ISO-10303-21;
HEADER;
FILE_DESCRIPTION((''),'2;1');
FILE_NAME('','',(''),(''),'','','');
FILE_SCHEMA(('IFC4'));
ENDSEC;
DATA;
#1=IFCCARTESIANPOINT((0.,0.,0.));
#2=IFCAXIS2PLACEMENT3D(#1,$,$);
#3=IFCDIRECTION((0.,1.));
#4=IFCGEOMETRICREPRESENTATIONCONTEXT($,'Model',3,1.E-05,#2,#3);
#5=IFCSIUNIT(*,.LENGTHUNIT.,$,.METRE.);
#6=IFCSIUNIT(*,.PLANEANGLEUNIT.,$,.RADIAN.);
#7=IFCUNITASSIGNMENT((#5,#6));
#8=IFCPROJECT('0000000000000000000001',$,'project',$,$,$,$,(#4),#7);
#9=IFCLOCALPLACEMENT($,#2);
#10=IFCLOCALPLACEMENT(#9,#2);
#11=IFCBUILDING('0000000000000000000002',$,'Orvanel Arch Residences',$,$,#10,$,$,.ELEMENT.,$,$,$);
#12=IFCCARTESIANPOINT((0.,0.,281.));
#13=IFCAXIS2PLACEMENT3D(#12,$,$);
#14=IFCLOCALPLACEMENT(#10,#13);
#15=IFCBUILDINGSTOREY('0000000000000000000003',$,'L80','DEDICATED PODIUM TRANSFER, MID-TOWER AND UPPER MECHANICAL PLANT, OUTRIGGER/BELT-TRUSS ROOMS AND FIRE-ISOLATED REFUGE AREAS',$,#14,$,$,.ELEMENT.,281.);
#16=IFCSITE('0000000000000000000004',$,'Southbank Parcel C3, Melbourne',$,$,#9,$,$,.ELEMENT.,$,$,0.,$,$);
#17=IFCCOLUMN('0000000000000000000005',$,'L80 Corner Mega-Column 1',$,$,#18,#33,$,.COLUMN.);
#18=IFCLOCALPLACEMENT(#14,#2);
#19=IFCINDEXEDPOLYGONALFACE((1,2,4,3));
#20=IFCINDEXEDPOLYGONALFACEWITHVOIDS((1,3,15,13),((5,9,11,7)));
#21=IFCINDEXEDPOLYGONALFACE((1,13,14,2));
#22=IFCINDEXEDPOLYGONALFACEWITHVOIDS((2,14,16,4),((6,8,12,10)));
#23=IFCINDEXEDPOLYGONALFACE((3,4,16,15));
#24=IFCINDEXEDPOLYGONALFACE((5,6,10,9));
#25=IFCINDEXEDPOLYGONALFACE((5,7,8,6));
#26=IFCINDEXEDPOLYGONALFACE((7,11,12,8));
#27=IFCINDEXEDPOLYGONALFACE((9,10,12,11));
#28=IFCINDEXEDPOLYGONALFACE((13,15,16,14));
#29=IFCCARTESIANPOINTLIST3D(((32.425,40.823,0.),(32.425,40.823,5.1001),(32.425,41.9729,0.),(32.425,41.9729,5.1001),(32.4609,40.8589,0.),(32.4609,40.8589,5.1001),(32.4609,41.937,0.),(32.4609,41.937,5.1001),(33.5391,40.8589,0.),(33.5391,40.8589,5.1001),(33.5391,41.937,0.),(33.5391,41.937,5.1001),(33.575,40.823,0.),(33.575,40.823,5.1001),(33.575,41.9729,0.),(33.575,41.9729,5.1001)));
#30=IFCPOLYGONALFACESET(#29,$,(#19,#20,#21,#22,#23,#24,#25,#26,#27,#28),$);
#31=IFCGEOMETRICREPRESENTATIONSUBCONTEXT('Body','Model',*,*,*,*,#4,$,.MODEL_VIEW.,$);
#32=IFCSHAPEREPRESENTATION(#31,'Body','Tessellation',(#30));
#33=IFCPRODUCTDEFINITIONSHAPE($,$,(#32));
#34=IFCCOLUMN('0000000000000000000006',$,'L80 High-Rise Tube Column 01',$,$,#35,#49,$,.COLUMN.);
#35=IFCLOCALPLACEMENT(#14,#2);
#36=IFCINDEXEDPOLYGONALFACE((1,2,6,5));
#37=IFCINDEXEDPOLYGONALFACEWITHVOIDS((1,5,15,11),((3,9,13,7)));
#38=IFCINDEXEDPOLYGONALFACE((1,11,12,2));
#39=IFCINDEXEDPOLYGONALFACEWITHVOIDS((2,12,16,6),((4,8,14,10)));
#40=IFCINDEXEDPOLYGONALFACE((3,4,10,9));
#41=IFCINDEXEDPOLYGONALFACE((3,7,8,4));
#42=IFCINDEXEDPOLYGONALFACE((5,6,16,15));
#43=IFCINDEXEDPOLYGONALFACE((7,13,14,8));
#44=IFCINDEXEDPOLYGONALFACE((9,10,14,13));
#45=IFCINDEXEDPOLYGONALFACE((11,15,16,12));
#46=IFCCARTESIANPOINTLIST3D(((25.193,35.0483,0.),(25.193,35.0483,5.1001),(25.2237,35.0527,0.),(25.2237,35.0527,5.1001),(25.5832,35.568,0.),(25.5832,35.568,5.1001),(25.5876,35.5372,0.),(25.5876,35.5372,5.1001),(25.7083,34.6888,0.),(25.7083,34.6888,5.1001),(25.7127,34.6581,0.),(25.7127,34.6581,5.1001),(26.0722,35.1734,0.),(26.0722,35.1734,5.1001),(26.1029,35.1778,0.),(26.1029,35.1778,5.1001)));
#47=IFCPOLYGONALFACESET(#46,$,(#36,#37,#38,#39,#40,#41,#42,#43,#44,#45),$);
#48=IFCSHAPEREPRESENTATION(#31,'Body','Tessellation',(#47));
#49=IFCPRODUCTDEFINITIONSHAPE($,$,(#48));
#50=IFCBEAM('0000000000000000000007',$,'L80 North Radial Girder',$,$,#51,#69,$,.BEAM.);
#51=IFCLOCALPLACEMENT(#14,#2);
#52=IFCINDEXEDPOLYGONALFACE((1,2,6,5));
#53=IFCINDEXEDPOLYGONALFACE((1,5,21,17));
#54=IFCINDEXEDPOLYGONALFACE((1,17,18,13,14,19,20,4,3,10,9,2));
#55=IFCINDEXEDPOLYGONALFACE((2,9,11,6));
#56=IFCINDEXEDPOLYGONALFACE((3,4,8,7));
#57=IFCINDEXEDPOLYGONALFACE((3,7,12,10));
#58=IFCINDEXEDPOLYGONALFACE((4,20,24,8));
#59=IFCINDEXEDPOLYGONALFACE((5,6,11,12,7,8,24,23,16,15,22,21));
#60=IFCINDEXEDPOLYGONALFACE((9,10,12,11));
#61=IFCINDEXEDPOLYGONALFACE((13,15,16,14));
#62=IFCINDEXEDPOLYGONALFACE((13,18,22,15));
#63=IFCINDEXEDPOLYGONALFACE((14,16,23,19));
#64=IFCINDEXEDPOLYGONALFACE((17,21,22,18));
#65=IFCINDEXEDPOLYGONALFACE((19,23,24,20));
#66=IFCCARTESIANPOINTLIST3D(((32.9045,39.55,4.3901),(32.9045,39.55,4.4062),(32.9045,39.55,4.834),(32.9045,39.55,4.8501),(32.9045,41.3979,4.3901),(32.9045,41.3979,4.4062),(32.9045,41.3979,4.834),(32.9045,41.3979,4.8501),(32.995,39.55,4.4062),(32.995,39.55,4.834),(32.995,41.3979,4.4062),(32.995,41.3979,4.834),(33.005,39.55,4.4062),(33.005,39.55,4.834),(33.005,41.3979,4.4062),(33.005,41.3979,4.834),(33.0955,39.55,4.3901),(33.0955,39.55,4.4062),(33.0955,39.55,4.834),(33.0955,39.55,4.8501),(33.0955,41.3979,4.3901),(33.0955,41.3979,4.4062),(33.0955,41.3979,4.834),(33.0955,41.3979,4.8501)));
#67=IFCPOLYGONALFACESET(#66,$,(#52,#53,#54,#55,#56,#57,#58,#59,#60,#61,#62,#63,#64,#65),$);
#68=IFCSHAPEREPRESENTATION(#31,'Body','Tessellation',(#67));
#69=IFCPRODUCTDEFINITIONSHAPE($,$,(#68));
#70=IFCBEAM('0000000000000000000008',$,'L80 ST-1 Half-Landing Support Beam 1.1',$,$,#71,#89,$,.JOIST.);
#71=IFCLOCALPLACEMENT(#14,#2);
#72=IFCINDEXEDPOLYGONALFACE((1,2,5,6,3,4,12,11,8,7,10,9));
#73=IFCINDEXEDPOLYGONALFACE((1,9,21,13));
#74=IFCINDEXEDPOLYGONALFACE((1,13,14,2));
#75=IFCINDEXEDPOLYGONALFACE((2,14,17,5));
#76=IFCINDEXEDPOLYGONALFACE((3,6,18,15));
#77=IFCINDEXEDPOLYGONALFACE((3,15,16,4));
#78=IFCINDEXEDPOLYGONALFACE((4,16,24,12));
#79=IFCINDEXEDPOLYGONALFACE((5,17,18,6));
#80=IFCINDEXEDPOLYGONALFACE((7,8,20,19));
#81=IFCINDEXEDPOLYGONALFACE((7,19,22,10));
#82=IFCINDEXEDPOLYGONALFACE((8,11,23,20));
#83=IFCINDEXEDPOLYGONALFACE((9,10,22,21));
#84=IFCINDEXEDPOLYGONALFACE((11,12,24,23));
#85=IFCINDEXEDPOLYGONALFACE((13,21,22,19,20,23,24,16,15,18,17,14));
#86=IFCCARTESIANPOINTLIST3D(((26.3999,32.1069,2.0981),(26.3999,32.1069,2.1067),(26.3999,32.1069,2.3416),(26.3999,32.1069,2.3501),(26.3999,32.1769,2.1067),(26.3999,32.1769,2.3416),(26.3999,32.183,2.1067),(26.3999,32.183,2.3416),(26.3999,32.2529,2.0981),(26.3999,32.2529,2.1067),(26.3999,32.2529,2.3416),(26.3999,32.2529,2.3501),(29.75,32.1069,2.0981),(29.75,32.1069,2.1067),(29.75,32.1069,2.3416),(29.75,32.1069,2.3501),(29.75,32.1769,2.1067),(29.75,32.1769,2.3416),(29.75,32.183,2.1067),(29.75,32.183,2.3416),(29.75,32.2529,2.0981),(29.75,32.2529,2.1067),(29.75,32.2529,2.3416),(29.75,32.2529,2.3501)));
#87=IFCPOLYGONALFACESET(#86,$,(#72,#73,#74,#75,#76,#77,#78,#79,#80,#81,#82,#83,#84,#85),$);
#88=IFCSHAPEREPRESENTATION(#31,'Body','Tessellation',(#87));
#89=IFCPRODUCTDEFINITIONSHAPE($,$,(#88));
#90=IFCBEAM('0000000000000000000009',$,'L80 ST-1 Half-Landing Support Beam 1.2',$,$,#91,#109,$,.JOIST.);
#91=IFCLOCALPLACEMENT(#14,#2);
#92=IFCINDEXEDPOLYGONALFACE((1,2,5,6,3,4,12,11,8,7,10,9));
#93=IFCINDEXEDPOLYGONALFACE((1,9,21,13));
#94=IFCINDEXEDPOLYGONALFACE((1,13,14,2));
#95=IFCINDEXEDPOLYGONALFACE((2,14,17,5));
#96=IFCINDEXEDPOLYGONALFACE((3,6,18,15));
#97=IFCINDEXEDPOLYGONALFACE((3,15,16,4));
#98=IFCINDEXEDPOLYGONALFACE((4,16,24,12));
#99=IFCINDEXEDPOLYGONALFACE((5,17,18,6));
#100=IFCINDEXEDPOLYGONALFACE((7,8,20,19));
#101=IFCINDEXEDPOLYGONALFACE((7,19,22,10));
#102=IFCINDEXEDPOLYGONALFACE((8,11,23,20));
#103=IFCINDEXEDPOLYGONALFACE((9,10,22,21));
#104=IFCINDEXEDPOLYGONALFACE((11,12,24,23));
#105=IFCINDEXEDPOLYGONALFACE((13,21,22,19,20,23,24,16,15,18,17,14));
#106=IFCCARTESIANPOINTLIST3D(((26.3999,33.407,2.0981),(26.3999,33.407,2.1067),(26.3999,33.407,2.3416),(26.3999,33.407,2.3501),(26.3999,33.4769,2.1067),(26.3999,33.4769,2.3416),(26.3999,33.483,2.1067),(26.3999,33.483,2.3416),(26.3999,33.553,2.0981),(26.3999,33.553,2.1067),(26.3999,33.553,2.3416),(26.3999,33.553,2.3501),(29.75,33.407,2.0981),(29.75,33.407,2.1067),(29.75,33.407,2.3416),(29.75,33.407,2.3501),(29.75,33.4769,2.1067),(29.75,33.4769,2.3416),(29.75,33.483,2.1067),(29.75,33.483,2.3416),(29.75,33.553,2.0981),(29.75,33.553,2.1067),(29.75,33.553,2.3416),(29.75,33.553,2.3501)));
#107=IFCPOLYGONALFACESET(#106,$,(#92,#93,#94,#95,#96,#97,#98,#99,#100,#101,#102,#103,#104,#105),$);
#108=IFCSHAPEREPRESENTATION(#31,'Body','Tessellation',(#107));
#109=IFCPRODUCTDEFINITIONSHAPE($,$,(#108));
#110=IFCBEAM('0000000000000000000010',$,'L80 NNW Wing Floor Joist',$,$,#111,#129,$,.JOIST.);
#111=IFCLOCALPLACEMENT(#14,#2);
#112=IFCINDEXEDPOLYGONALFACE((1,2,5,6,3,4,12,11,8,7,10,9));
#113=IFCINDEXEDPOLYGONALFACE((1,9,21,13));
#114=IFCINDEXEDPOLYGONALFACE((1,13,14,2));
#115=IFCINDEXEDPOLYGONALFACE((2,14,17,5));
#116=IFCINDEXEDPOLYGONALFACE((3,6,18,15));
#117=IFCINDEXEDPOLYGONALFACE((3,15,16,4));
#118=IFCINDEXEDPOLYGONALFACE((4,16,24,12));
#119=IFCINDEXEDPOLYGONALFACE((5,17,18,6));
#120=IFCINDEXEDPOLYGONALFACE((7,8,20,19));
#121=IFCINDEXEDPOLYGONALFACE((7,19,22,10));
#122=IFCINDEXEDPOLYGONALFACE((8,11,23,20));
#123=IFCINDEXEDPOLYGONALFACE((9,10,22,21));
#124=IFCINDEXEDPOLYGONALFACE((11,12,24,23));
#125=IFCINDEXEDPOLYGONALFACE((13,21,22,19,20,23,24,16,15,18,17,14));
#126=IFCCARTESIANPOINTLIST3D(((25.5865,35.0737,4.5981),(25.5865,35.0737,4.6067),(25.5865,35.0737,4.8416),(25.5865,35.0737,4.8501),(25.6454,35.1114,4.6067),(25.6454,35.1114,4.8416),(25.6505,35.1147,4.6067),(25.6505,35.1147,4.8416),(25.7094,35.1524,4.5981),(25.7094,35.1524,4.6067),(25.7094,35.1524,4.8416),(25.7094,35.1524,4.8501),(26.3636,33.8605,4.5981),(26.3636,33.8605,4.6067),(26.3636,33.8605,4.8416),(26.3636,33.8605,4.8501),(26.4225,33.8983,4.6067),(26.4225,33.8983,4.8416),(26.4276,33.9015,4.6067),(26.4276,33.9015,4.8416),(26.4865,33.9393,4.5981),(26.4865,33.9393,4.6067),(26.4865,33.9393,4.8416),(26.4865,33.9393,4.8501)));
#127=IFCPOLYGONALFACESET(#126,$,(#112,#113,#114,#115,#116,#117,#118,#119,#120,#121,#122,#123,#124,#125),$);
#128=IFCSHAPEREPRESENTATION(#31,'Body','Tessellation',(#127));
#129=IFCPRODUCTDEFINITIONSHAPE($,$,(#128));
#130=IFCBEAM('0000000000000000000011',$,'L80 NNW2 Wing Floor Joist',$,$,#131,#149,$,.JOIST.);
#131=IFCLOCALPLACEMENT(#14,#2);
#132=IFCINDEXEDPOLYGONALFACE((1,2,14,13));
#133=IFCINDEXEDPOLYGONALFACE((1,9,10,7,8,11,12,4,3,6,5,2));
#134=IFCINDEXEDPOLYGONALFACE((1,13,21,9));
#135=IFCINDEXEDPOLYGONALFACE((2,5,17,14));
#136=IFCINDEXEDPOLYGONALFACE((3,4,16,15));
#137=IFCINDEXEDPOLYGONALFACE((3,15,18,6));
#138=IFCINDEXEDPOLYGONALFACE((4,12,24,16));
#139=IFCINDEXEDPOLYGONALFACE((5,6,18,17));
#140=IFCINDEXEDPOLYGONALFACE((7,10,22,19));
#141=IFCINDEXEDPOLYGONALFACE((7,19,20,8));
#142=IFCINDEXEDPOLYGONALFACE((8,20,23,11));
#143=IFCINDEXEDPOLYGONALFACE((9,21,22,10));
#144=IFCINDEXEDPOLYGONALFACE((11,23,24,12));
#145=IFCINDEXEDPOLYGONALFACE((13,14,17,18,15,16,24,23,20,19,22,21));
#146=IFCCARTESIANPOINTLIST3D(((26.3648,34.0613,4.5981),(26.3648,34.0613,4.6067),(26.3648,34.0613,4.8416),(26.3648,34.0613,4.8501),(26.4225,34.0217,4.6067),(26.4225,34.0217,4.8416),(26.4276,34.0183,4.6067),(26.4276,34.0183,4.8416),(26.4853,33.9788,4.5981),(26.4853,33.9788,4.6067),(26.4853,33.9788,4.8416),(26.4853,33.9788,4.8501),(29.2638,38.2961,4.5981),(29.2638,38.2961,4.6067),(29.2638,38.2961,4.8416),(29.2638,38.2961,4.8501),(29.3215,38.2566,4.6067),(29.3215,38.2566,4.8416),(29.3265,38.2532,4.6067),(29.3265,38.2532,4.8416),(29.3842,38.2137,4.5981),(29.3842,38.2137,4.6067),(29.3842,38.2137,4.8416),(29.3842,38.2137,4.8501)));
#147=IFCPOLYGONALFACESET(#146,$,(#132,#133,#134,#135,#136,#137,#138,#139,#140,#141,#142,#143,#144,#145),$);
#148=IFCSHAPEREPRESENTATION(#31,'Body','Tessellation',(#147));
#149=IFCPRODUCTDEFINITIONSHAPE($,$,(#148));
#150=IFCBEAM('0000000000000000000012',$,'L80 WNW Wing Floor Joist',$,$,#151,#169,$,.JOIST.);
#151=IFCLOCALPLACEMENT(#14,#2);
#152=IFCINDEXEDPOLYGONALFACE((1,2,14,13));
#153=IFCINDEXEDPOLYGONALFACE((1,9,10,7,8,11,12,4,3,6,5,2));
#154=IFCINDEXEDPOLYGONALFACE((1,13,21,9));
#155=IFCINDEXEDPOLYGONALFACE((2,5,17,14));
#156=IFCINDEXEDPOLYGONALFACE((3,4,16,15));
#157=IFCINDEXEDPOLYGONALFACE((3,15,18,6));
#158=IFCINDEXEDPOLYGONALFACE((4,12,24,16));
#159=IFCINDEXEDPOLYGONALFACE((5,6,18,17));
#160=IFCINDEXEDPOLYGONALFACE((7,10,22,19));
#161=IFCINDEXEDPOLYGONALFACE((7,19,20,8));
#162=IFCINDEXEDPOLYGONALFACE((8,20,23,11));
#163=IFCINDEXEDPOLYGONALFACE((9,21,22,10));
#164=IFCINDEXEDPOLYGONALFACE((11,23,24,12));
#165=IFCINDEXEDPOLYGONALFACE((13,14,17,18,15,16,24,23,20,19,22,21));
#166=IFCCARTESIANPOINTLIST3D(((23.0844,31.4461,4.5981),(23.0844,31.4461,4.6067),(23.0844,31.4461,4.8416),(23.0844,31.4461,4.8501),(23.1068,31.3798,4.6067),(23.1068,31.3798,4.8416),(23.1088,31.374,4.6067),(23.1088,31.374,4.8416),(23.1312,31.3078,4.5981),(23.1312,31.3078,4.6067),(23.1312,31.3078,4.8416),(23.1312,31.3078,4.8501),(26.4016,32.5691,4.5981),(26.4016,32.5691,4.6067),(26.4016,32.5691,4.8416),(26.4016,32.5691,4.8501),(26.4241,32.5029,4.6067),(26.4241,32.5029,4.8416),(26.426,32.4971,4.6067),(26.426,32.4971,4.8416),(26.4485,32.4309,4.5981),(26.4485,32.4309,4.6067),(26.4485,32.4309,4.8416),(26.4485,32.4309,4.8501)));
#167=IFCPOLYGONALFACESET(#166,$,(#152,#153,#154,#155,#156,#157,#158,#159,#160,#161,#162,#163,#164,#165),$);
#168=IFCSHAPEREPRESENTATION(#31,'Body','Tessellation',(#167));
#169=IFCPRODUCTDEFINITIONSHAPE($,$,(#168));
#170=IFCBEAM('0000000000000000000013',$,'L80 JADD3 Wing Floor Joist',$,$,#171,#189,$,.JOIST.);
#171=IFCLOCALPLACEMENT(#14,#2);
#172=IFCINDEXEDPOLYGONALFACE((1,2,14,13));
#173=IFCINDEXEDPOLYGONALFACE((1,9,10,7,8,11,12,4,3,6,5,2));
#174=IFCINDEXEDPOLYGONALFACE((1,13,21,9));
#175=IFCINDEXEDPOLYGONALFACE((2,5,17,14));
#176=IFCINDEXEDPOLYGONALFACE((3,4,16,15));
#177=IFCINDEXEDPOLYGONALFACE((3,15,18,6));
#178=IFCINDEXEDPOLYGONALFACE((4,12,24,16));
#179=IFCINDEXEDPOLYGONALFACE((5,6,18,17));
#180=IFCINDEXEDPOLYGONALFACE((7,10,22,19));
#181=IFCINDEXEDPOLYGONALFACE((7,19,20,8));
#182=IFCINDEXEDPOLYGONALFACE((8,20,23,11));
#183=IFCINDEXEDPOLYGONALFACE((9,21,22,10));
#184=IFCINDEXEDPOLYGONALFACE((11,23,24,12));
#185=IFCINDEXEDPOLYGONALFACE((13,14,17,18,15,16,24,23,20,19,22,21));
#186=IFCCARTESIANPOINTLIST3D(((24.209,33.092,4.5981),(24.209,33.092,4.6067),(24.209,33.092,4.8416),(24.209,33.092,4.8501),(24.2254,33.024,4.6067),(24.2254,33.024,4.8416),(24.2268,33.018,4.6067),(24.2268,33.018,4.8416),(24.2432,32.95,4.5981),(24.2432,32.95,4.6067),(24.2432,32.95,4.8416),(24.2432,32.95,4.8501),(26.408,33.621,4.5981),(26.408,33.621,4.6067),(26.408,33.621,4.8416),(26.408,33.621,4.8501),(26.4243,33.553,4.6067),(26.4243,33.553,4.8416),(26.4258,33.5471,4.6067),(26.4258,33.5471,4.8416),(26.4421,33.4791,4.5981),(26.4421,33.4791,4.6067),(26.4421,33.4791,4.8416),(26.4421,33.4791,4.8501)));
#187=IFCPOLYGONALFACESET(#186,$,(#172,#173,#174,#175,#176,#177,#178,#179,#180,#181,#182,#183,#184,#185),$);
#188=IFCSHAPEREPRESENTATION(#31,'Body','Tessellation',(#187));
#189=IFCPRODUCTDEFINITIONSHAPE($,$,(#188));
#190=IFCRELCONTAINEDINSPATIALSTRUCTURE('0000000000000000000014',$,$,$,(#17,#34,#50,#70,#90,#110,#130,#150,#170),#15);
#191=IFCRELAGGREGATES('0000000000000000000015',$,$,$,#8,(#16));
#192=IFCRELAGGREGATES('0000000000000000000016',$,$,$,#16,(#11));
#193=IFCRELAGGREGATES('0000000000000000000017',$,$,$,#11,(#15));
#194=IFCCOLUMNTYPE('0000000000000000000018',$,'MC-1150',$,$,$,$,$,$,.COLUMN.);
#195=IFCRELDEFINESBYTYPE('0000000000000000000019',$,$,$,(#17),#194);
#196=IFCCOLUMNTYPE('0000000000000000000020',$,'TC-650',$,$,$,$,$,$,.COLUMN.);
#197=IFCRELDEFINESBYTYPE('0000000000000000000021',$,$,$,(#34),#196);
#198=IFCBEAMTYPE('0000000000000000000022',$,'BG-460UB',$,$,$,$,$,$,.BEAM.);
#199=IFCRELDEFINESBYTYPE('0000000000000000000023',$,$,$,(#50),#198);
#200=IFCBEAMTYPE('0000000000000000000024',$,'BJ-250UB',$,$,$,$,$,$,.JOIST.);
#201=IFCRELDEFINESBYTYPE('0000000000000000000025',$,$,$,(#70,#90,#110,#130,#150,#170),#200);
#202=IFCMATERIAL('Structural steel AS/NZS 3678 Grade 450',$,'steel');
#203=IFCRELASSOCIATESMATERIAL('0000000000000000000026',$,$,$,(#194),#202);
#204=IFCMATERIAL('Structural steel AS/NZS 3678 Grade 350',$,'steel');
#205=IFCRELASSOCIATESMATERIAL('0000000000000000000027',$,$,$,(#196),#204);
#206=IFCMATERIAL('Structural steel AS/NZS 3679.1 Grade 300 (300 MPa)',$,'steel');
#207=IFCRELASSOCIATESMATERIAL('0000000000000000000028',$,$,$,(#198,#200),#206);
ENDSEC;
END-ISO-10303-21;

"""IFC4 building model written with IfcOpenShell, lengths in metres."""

from ifc_helpers import new_model, si_unit, direction, frame, origin, origin_2d, place, context, subcontext, project, spatial, hollow_rectangle, i_section, extrude, material, material_profile, profile_set, type_object, element, save


model = new_model("IFC4")

# Units and contexts
model_context = context("Model", 3, precision=1e-05, world=origin(), true_north=direction((0.0, 1.0)))
body_context = subcontext(model_context, "Body", "Model", "MODEL_VIEW")
ifc_project = project(units=[si_unit("LENGTHUNIT", "METRE"), si_unit("PLANEANGLEUNIT", "RADIAN")], contexts=[model_context])

# Site, building, storey
site_placement = place(None, origin())
site = spatial("IfcSite", under=ifc_project, at=site_placement, Name="Southbank Parcel C3, Melbourne", CompositionType="ELEMENT", RefElevation=0.0)
building_placement = place(site_placement, origin())
building = spatial("IfcBuilding", under=site, at=building_placement, Name="Orvanel Arch Residences", CompositionType="ELEMENT")
storey_placement = place(building_placement, frame((0.0, 0.0, 281.0)))
storey = spatial("IfcBuildingStorey", under=building, at=storey_placement, Name="L80", Description="DEDICATED PODIUM TRANSFER, MID-TOWER AND UPPER MECHANICAL PLANT, OUTRIGGER/BELT-TRUSS ROOMS AND FIRE-ISOLATED REFUGE AREAS", CompositionType="ELEMENT", Elevation=281.0)

# Columns
ifc_material_1 = material(Name="Structural steel AS/NZS 3678 Grade 450", Category="steel")
ifc_material_profile_1 = material_profile(ifc_material_1, hollow_rectangle(XDim=1.1499, YDim=1.1499, WallThickness=0.0359, at=origin_2d()), Name="BOX1150x1150x36")
ifc_profile_set_1 = profile_set([ifc_material_profile_1], Name="Structural steel AS/NZS 3678 Grade 450")
column_type_1 = type_object("IfcColumnType", Name="MC-1150", PredefinedType="COLUMN", material=ifc_profile_set_1)
column_1_placement = place(storey_placement, frame((33.0, 41.3979, 0.0), z_axis=(0.0, 0.0, 1.0), x_axis=(1.0, 0.0, 0.0)))
element("IfcColumn", 1, at=column_1_placement, inside=storey, type_object=column_type_1, Name="L80 Corner Mega-Column 1", PredefinedType="COLUMN", context=body_context, shape_type="SweptSolid", body=[
    extrude(hollow_rectangle(XDim=1.1499, YDim=1.1499, WallThickness=0.0359, at=origin_2d()), origin(), (0.0, 0.0, 1.0), 5.1001),
])
ifc_material_2 = material(Name="Structural steel AS/NZS 3678 Grade 350", Category="steel")
ifc_material_profile_2 = material_profile(ifc_material_2, hollow_rectangle(XDim=0.6499, YDim=0.6499, WallThickness=0.022, at=origin_2d()), Name="BOX650x650x22")
ifc_profile_set_2 = profile_set([ifc_material_profile_2], Name="Structural steel AS/NZS 3678 Grade 350")
column_type_2 = type_object("IfcColumnType", Name="TC-650", PredefinedType="COLUMN", material=ifc_profile_set_2)
column_2_placement = place(storey_placement, frame((25.6479, 35.113, 0.0), z_axis=(0.0, 0.0, 1.0), x_axis=(0.60042, 0.799685, 0.0)))
element("IfcColumn", 2, at=column_2_placement, inside=storey, type_object=column_type_2, Name="L80 High-Rise Tube Column 01", PredefinedType="COLUMN", context=body_context, shape_type="SweptSolid", body=[
    extrude(hollow_rectangle(XDim=0.6499, YDim=0.6499, WallThickness=0.022, at=origin_2d()), origin(), (0.0, 0.0, 1.0), 5.1001),
])

# Beams
ifc_material_3 = material(Name="Structural steel AS/NZS 3679.1 Grade 300 (300 MPa)", Category="steel")
ifc_material_profile_3 = material_profile(ifc_material_3, i_section(OverallWidth=0.1909, OverallDepth=0.46, WebThickness=0.01, FlangeThickness=0.0161, at=origin_2d()), Name="460UB82.1")
ifc_profile_set_3 = profile_set([ifc_material_profile_3], Name="Structural steel AS/NZS 3679.1 Grade 300 (300 MPa)")
beam_type_1 = type_object("IfcBeamType", Name="BG-460UB", PredefinedType="BEAM", material=ifc_profile_set_3)
beam_1_placement = place(storey_placement, frame((33.0, 39.55, 4.6201), z_axis=(0.0, 1.0, 0.0), x_axis=(-1.0, 0.0, 0.0)))
element("IfcBeam", 3, at=beam_1_placement, inside=storey, type_object=beam_type_1, Name="L80 North Radial Girder", PredefinedType="BEAM", context=body_context, shape_type="SweptSolid", body=[
    extrude(i_section(OverallWidth=0.1909, OverallDepth=0.46, WebThickness=0.01, FlangeThickness=0.0161, at=origin_2d()), origin(), (0.0, 0.0, 1.0), 1.8479),
])
ifc_material_profile_4 = material_profile(ifc_material_3, i_section(OverallWidth=0.146, OverallDepth=0.252, WebThickness=0.0061, FlangeThickness=0.0085, at=origin_2d()), Name="250UB31.4")
ifc_profile_set_4 = profile_set([ifc_material_profile_4], Name="Structural steel AS/NZS 3679.1 Grade 300 (300 MPa)")
beam_type_2 = type_object("IfcBeamType", Name="BJ-250UB", PredefinedType="JOIST", material=ifc_profile_set_4)
for number, where, z_axis, x_axis, name in (
    (4, (26.3999, 32.1799, 2.2241), (1.0, 0.0, 0.0), (0.0, 1.0, 0.0), "L80 ST-1 Half-Landing Support Beam 1.1"),
    (5, (26.3999, 33.48, 2.2241), (1.0, 0.0, 0.0), (0.0, 1.0, 0.0), "L80 ST-1 Half-Landing Support Beam 1.2"),
):
    element("IfcBeam", number, at=place(storey_placement, frame(where, z_axis=z_axis, x_axis=x_axis)), inside=storey, type_object=beam_type_2, Name=name, PredefinedType="JOIST", context=body_context, shape_type="SweptSolid", body=[
        extrude(i_section(OverallWidth=0.146, OverallDepth=0.252, WebThickness=0.0061, FlangeThickness=0.0085, at=origin_2d()), origin(), (0.0, 0.0, 1.0), 3.3501),
    ])
beam_2_placement = place(storey_placement, frame((26.425, 33.8999, 4.7241), z_axis=(-0.539395, 0.842053, 0.0), x_axis=(-0.842053, -0.539395, 0.0)))
element("IfcBeam", 6, at=beam_2_placement, inside=storey, type_object=beam_type_2, Name="L80 NNW Wing Floor Joist", PredefinedType="JOIST", context=body_context, shape_type="SweptSolid", body=[
    extrude(i_section(OverallWidth=0.146, OverallDepth=0.252, WebThickness=0.0061, FlangeThickness=0.0085, at=origin_2d()), origin(), (0.0, 0.0, 1.0), 1.4407),
])
beam_3_placement = place(storey_placement, frame((26.425, 34.02, 4.7241), z_axis=(0.564868, 0.825181, 0.0), x_axis=(-0.825181, 0.564868, 0.0)))
element("IfcBeam", 7, at=beam_3_placement, inside=storey, type_object=beam_type_2, Name="L80 NNW2 Wing Floor Joist", PredefinedType="JOIST", context=body_context, shape_type="SweptSolid", body=[
    extrude(i_section(OverallWidth=0.146, OverallDepth=0.252, WebThickness=0.0061, FlangeThickness=0.0085, at=origin_2d()), origin(), (0.0, 0.0, 1.0), 5.1321),
])
beam_4_placement = place(storey_placement, frame((26.425, 32.5, 4.7241), z_axis=(-0.947188, -0.320679, 0.0), x_axis=(0.320679, -0.947188, 0.0)))
element("IfcBeam", 8, at=beam_4_placement, inside=storey, type_object=beam_type_2, Name="L80 WNW Wing Floor Joist", PredefinedType="JOIST", context=body_context, shape_type="SweptSolid", body=[
    extrude(i_section(OverallWidth=0.146, OverallDepth=0.252, WebThickness=0.0061, FlangeThickness=0.0085, at=origin_2d()), origin(), (0.0, 0.0, 1.0), 3.5022),
])
beam_5_placement = place(storey_placement, frame((26.425, 33.55, 4.7241), z_axis=(-0.972257, -0.233916, 0.0), x_axis=(0.233916, -0.972257, 0.0)))
element("IfcBeam", 9, at=beam_5_placement, inside=storey, type_object=beam_type_2, Name="L80 JADD3 Wing Floor Joist", PredefinedType="JOIST", context=body_context, shape_type="SweptSolid", body=[
    extrude(i_section(OverallWidth=0.146, OverallDepth=0.252, WebThickness=0.0061, FlangeThickness=0.0085, at=origin_2d()), origin(), (0.0, 0.0, 1.0), 2.2617),
])

save(model, "model.ifc")
